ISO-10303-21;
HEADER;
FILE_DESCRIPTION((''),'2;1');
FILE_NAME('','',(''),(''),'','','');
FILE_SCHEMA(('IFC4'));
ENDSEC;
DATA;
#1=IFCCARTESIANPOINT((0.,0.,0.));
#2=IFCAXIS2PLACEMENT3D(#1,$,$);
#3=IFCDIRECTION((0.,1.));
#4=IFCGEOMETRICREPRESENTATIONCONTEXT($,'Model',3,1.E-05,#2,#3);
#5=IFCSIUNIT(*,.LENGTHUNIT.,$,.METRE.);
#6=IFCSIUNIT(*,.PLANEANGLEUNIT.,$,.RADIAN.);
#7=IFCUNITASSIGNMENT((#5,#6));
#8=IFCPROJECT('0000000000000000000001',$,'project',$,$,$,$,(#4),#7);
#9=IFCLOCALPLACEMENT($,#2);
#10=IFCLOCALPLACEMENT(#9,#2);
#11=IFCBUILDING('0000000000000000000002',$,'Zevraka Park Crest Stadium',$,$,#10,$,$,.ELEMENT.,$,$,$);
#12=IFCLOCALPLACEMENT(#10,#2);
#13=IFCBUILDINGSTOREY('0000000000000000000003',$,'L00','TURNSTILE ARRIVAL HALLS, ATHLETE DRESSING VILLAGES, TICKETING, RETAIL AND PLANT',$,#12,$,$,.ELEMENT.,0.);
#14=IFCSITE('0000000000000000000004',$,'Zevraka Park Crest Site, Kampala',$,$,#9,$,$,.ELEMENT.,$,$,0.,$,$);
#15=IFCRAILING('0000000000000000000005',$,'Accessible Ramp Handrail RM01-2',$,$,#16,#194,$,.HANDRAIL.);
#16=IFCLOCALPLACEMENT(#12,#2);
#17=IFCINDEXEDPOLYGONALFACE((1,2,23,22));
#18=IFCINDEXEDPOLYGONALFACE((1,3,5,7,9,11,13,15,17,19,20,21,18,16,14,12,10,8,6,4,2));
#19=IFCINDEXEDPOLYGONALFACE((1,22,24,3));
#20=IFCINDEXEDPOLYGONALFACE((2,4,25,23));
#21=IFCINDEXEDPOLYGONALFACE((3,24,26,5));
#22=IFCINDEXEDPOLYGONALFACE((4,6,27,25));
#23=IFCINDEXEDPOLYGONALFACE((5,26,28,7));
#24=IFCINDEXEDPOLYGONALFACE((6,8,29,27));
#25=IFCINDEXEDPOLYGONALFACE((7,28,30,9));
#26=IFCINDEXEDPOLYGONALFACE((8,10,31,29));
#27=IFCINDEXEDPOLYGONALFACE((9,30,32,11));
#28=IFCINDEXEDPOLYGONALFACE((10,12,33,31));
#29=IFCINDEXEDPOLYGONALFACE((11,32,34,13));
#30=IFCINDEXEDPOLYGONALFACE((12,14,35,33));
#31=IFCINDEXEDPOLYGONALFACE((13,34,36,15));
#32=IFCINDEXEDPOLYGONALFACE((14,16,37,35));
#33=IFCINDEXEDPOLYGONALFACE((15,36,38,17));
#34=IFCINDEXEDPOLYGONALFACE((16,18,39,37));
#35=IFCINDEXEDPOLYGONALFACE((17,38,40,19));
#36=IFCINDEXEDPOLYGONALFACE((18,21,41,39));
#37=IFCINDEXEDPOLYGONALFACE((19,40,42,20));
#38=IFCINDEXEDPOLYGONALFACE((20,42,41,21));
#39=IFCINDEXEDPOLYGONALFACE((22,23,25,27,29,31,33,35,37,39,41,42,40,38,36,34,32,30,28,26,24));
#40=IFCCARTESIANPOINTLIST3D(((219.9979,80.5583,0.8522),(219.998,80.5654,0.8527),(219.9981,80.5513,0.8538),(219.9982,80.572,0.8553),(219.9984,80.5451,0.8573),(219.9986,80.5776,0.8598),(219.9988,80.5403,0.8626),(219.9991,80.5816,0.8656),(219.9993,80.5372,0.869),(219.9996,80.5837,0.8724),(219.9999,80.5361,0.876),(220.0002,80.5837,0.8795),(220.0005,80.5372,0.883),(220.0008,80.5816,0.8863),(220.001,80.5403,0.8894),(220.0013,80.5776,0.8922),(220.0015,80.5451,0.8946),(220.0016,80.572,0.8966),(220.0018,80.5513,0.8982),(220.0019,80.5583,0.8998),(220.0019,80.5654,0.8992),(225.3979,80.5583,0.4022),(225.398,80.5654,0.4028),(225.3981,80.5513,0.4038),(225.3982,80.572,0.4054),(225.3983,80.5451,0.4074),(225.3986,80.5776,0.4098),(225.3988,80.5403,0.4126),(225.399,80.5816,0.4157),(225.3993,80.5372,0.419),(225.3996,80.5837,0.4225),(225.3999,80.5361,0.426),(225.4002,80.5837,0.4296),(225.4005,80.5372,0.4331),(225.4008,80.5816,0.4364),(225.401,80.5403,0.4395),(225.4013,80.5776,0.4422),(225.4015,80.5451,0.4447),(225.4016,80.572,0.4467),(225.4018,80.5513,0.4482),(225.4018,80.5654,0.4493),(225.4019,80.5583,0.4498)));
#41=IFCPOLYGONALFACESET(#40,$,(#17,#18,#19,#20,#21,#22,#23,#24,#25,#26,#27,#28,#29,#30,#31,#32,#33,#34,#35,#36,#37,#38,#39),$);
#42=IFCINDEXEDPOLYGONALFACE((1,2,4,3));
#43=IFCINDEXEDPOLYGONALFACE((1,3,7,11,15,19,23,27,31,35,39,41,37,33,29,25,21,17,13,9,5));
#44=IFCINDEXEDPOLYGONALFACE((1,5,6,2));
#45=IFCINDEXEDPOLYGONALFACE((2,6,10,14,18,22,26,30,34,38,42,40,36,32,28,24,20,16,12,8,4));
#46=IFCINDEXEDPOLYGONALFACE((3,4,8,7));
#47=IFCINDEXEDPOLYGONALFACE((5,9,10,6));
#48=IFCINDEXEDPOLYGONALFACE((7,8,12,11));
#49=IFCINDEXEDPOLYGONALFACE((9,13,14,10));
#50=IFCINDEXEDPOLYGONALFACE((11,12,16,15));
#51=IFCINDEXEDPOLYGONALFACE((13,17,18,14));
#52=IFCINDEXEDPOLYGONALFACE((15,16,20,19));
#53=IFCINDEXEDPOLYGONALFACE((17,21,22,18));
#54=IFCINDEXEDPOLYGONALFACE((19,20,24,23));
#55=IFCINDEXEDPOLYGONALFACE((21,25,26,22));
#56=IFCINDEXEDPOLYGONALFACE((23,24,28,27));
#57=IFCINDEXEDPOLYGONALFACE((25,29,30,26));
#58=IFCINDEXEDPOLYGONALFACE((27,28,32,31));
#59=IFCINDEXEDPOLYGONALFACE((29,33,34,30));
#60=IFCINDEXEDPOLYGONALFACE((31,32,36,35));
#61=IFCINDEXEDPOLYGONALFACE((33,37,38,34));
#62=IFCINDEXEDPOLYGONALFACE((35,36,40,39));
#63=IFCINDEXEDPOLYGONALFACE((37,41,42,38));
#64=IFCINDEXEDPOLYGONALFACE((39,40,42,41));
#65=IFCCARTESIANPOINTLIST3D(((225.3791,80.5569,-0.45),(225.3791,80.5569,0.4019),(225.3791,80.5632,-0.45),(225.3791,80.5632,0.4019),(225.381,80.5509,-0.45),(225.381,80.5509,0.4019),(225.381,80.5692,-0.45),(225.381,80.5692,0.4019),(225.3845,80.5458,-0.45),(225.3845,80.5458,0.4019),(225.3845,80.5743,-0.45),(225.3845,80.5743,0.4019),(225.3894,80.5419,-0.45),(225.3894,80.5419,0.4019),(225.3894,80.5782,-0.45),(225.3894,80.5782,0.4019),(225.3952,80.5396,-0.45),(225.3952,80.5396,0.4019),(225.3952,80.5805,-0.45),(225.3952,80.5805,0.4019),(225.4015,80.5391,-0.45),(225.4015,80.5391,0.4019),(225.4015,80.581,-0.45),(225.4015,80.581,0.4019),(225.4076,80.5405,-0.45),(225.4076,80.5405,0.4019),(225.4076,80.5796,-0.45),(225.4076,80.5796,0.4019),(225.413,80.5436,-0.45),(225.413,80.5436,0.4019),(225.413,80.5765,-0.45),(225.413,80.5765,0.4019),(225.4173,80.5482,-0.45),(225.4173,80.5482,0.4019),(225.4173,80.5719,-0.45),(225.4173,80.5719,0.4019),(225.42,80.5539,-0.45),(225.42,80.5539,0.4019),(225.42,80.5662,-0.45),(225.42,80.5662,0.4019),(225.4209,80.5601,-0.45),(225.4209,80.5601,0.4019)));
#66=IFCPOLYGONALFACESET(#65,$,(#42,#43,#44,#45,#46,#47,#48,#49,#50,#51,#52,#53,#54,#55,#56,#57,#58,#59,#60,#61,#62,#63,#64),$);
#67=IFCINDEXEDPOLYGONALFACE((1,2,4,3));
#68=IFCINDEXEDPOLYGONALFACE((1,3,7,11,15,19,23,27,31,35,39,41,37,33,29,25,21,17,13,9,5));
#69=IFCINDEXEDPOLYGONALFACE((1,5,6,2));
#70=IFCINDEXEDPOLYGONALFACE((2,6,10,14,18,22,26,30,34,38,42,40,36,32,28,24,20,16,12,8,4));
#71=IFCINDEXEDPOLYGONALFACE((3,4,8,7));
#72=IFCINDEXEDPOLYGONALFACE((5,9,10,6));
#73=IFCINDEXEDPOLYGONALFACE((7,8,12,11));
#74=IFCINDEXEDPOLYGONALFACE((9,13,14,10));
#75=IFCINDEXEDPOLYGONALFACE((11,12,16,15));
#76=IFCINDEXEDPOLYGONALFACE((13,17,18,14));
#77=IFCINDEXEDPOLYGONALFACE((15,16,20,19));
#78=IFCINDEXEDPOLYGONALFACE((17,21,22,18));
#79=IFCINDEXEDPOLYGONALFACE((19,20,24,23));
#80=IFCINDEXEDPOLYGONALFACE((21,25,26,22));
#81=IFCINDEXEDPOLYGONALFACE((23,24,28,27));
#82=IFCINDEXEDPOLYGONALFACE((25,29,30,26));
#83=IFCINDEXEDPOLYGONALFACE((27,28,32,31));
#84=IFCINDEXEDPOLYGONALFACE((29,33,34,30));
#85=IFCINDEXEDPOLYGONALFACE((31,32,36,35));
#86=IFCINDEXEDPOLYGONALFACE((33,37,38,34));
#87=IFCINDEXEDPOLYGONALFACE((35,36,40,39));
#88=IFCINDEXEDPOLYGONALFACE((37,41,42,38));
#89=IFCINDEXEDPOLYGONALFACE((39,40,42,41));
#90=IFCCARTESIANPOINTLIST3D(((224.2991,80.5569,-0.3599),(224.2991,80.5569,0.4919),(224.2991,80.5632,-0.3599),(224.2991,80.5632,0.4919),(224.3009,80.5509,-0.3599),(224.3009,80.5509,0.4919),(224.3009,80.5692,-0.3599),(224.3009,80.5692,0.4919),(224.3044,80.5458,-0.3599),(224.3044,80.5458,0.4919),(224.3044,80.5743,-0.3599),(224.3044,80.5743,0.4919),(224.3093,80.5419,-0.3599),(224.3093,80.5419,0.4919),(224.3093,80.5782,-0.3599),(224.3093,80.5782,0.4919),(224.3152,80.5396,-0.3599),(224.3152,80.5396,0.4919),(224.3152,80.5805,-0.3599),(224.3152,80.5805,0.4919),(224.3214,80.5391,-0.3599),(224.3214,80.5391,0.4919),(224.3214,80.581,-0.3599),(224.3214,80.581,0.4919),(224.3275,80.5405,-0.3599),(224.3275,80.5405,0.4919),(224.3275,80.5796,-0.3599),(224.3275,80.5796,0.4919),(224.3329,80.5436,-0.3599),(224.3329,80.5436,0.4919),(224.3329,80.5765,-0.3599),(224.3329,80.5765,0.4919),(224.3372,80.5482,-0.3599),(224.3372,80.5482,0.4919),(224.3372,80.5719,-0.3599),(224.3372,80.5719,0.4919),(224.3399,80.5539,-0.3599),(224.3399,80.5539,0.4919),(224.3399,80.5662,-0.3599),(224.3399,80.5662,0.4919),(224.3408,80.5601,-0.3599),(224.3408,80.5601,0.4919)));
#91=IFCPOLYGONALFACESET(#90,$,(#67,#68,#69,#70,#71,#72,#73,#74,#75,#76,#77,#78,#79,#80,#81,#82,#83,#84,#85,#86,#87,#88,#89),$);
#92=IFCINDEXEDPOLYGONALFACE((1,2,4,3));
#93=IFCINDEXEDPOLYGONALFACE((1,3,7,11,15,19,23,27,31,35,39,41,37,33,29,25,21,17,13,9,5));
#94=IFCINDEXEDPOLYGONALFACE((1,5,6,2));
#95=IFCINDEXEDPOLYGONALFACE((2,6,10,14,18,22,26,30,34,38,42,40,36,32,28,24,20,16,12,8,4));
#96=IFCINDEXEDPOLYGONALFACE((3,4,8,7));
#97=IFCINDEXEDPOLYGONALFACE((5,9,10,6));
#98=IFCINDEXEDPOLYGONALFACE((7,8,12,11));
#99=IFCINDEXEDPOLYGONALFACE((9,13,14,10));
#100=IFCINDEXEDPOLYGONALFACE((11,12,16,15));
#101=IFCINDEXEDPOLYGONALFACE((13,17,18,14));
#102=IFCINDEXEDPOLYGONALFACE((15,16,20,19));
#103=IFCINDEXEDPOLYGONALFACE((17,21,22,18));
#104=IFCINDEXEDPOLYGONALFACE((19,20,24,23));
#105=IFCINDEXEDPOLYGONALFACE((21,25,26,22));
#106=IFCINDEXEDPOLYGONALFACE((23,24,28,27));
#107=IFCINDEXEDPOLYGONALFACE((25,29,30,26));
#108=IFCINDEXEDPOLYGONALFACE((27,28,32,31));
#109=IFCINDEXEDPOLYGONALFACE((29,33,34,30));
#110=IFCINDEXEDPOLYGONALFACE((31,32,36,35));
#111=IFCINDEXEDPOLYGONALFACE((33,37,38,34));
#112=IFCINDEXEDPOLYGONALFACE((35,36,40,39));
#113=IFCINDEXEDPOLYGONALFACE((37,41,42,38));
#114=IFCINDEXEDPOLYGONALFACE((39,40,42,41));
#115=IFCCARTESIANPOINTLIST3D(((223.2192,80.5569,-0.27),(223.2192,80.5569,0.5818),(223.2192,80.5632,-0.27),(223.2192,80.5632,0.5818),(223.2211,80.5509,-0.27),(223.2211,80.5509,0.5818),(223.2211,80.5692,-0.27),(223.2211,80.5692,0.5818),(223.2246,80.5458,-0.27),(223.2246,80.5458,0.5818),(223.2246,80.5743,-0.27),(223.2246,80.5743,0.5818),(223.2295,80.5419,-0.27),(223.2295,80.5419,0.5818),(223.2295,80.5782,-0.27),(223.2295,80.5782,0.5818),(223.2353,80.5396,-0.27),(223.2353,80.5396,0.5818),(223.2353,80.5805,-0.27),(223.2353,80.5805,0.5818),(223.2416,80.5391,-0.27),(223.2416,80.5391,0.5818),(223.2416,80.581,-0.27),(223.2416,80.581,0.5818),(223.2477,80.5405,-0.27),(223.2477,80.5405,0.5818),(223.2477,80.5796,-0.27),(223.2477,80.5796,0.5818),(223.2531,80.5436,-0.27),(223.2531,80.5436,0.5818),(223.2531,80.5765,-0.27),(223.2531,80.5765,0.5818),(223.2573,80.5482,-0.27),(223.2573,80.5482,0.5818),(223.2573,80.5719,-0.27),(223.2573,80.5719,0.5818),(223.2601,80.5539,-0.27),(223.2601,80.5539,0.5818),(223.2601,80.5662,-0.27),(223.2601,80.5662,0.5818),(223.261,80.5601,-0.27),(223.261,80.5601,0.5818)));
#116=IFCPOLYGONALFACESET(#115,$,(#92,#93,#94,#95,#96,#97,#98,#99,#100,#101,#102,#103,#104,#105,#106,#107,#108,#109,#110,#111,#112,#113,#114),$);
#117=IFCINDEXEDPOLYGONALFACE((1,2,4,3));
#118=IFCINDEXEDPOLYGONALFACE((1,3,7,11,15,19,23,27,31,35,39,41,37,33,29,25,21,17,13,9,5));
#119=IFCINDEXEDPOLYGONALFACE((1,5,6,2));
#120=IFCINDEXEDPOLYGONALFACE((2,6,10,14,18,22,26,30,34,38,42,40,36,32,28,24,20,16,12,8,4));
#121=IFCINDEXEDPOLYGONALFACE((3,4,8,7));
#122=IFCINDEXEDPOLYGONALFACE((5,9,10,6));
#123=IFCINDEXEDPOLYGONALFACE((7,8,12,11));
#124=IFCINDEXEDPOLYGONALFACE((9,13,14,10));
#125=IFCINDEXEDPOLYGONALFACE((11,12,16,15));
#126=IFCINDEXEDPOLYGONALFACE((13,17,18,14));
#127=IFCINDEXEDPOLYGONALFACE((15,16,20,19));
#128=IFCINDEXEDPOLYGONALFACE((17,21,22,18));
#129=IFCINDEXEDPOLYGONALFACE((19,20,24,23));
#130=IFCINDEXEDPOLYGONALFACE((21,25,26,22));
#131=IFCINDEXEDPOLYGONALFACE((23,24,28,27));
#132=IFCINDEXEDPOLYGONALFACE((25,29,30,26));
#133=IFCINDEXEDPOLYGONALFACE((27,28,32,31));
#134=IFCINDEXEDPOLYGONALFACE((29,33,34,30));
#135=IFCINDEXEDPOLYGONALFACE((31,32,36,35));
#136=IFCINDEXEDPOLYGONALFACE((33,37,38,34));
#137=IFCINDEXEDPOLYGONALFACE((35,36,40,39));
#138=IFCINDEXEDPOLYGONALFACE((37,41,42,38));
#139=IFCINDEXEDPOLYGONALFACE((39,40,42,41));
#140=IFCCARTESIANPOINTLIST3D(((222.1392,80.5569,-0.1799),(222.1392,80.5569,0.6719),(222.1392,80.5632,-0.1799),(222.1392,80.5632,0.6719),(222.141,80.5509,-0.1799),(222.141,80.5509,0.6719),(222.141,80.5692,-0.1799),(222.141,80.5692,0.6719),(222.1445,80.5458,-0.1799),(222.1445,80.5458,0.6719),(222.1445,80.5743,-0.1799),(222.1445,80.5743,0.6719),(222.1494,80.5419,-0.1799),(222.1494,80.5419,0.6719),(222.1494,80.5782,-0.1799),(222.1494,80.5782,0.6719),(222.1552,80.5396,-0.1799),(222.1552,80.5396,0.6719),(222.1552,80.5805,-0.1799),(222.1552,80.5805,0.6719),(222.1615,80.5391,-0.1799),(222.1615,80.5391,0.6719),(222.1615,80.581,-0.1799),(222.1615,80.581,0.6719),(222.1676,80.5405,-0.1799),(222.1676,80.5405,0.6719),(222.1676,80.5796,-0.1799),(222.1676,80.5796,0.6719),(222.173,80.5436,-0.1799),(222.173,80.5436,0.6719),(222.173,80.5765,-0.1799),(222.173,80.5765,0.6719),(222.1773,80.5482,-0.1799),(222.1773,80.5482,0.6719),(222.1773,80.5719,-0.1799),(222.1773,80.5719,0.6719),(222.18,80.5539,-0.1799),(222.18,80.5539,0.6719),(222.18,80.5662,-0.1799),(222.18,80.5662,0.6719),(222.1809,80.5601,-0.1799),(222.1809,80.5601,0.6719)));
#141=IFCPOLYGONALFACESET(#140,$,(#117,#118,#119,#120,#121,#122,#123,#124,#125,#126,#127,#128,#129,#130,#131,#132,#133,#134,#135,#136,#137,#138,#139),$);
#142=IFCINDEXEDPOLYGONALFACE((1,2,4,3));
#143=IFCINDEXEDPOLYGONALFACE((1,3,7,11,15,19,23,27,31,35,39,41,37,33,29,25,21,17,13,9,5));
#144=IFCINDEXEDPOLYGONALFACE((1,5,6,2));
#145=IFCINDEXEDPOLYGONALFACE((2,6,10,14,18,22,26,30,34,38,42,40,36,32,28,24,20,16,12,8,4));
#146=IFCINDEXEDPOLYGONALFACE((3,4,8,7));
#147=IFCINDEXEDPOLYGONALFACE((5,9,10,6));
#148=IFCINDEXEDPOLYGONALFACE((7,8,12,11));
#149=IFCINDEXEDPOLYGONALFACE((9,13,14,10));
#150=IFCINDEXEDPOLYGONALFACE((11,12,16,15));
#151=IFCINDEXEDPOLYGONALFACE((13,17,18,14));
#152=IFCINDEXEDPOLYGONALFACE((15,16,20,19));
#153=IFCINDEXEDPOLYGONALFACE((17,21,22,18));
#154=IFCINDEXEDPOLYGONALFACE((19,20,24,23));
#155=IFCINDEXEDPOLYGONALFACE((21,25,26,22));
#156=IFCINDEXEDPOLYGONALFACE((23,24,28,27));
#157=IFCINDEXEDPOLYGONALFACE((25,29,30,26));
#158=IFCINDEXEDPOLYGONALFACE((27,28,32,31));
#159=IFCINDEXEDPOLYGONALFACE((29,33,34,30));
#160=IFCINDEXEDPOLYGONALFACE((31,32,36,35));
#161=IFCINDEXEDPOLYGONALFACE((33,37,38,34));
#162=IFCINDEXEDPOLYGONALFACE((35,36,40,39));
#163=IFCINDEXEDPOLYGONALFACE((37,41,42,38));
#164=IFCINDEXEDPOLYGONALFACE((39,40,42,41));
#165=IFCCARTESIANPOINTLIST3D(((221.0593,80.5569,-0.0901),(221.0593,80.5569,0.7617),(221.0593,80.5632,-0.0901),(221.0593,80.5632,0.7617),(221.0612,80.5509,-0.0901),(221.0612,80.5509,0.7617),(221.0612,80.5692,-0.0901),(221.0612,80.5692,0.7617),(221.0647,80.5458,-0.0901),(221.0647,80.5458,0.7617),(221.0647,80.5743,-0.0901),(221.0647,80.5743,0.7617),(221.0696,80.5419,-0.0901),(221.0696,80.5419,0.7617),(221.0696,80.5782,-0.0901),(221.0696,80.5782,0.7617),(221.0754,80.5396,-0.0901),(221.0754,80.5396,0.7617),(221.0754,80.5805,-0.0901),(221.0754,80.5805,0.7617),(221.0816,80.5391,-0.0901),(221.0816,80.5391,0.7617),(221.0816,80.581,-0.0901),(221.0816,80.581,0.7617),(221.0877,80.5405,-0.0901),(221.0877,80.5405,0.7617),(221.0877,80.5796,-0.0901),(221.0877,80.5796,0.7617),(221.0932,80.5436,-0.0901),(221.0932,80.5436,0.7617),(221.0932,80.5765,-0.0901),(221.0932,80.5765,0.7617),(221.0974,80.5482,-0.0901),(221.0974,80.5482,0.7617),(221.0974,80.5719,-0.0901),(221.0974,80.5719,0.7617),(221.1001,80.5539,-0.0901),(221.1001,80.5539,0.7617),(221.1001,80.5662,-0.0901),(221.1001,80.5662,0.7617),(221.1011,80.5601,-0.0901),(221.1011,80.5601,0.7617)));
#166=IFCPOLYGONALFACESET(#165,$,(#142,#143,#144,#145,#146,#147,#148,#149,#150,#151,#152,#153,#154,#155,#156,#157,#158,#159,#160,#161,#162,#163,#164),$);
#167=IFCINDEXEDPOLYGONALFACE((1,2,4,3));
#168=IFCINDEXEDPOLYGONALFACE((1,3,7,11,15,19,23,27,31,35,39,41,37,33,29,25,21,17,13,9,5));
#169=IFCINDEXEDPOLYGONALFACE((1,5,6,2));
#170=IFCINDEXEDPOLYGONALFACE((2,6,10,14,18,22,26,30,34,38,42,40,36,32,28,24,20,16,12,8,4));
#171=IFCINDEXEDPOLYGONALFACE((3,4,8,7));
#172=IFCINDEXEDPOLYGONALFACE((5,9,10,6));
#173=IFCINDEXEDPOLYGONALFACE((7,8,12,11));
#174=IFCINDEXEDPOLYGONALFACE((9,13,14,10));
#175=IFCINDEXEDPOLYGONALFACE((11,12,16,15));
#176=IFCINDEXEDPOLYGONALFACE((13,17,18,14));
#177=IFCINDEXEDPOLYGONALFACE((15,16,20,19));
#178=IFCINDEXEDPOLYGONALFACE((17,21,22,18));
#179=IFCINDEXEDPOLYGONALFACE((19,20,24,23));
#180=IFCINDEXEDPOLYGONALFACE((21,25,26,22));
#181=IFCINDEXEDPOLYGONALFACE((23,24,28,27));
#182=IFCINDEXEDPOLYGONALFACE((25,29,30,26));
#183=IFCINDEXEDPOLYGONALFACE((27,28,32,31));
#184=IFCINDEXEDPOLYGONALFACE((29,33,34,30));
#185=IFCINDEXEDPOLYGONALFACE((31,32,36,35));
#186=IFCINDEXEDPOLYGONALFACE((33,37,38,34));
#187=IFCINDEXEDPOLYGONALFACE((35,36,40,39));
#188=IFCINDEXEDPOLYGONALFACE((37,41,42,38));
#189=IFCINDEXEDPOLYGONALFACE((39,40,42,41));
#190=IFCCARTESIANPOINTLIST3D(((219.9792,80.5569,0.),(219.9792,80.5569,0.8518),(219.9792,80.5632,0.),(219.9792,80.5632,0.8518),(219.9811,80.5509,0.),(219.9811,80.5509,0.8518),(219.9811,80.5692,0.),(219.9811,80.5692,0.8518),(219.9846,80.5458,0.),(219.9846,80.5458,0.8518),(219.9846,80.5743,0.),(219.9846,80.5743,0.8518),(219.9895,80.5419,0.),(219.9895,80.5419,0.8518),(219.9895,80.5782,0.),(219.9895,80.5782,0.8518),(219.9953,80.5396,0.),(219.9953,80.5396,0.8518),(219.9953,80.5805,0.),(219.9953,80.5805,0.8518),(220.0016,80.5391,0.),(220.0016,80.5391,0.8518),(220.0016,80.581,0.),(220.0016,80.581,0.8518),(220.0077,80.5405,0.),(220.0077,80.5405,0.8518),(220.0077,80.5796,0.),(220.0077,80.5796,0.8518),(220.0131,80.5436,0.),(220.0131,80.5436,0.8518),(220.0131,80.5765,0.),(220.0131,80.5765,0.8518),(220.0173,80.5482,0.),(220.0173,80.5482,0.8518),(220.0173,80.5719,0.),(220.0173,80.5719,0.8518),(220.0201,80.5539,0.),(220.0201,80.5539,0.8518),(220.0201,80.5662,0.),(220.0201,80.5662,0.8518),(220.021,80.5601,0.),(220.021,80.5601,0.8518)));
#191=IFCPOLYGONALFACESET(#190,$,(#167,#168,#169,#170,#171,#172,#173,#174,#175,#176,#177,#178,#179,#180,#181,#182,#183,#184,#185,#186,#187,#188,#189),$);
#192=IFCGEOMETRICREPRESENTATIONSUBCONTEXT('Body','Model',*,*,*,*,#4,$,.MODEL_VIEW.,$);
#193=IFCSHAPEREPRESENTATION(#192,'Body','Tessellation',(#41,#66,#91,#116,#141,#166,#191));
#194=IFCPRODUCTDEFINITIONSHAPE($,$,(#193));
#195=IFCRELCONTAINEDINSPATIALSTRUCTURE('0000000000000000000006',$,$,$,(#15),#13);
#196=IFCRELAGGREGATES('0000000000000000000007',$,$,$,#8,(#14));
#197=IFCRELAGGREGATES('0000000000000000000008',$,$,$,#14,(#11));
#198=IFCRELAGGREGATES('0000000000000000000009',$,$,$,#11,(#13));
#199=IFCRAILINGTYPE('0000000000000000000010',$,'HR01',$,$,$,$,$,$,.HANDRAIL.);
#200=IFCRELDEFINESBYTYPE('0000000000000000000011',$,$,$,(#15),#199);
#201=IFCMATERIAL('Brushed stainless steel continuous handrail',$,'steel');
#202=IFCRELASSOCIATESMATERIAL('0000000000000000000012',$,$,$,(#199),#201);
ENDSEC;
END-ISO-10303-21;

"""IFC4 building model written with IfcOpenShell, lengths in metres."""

from ifc_helpers import new_model, si_unit, direction, frame, origin, origin_2d, place, context, subcontext, project, spatial, circle, extrude, material, type_object, element, save


model = new_model("IFC4")

# Units and contexts
model_context = context("Model", 3, precision=1e-05, world=origin(), true_north=direction((0.0, 1.0)))
body_context = subcontext(model_context, "Body", "Model", "MODEL_VIEW")
ifc_project = project(units=[si_unit("LENGTHUNIT", "METRE"), si_unit("PLANEANGLEUNIT", "RADIAN")], contexts=[model_context])

# Site, building, storey
site_placement = place(None, origin())
site = spatial("IfcSite", under=ifc_project, at=site_placement, Name="Zevraka Park Crest Site, Kampala", CompositionType="ELEMENT", RefElevation=0.0)
building_placement = place(site_placement, origin())
building = spatial("IfcBuilding", under=site, at=building_placement, Name="Zevraka Park Crest Stadium", CompositionType="ELEMENT")
storey_placement = place(building_placement, origin())
storey = spatial("IfcBuildingStorey", under=building, at=storey_placement, Name="L00", Description="TURNSTILE ARRIVAL HALLS, ATHLETE DRESSING VILLAGES, TICKETING, RETAIL AND PLANT", CompositionType="ELEMENT", Elevation=0.0)

# Railing
ifc_material_1 = material(Name="Brushed stainless steel continuous handrail", Category="steel")
railing_type = type_object("IfcRailingType", Name="HR01", PredefinedType="HANDRAIL", material=ifc_material_1)
for number, where, name in (
    (1, (225.3999, 80.5601, -0.45), "Accessible Ramp Handrail RM01-2"),
):
    element("IfcRailing", number, at=place(storey_placement, frame(where)), inside=storey, type_object=railing_type, Name=name, PredefinedType="HANDRAIL", context=body_context, shape_type="SweptSolid", body=[
        extrude(circle(Radius=0.0239, at=origin_2d()), frame((0.0, 0.0, 0.876), z_axis=(-0.996546, 0.0, 0.083038), x_axis=(0.0, -1.0, 0.0)), (0.0, 0.0, 1.0), 5.4187),
        extrude(circle(Radius=0.021, at=origin_2d()), origin(), (0.0, 0.0, 1.0), 0.8518),
        extrude(circle(Radius=0.021, at=origin_2d()), frame((-1.0801, 0.0, 0.0901)), (0.0, 0.0, 1.0), 0.8518),
        extrude(circle(Radius=0.021, at=origin_2d()), frame((-2.1599, 0.0, 0.1799)), (0.0, 0.0, 1.0), 0.8518),
        extrude(circle(Radius=0.021, at=origin_2d()), frame((-3.24, 0.0, 0.27)), (0.0, 0.0, 1.0), 0.8518),
        extrude(circle(Radius=0.021, at=origin_2d()), frame((-4.3198, 0.0, 0.3599)), (0.0, 0.0, 1.0), 0.8518),
        extrude(circle(Radius=0.021, at=origin_2d()), frame((-5.3999, 0.0, 0.45)), (0.0, 0.0, 1.0), 0.8518),
    ])

save(model, "model.ifc")
